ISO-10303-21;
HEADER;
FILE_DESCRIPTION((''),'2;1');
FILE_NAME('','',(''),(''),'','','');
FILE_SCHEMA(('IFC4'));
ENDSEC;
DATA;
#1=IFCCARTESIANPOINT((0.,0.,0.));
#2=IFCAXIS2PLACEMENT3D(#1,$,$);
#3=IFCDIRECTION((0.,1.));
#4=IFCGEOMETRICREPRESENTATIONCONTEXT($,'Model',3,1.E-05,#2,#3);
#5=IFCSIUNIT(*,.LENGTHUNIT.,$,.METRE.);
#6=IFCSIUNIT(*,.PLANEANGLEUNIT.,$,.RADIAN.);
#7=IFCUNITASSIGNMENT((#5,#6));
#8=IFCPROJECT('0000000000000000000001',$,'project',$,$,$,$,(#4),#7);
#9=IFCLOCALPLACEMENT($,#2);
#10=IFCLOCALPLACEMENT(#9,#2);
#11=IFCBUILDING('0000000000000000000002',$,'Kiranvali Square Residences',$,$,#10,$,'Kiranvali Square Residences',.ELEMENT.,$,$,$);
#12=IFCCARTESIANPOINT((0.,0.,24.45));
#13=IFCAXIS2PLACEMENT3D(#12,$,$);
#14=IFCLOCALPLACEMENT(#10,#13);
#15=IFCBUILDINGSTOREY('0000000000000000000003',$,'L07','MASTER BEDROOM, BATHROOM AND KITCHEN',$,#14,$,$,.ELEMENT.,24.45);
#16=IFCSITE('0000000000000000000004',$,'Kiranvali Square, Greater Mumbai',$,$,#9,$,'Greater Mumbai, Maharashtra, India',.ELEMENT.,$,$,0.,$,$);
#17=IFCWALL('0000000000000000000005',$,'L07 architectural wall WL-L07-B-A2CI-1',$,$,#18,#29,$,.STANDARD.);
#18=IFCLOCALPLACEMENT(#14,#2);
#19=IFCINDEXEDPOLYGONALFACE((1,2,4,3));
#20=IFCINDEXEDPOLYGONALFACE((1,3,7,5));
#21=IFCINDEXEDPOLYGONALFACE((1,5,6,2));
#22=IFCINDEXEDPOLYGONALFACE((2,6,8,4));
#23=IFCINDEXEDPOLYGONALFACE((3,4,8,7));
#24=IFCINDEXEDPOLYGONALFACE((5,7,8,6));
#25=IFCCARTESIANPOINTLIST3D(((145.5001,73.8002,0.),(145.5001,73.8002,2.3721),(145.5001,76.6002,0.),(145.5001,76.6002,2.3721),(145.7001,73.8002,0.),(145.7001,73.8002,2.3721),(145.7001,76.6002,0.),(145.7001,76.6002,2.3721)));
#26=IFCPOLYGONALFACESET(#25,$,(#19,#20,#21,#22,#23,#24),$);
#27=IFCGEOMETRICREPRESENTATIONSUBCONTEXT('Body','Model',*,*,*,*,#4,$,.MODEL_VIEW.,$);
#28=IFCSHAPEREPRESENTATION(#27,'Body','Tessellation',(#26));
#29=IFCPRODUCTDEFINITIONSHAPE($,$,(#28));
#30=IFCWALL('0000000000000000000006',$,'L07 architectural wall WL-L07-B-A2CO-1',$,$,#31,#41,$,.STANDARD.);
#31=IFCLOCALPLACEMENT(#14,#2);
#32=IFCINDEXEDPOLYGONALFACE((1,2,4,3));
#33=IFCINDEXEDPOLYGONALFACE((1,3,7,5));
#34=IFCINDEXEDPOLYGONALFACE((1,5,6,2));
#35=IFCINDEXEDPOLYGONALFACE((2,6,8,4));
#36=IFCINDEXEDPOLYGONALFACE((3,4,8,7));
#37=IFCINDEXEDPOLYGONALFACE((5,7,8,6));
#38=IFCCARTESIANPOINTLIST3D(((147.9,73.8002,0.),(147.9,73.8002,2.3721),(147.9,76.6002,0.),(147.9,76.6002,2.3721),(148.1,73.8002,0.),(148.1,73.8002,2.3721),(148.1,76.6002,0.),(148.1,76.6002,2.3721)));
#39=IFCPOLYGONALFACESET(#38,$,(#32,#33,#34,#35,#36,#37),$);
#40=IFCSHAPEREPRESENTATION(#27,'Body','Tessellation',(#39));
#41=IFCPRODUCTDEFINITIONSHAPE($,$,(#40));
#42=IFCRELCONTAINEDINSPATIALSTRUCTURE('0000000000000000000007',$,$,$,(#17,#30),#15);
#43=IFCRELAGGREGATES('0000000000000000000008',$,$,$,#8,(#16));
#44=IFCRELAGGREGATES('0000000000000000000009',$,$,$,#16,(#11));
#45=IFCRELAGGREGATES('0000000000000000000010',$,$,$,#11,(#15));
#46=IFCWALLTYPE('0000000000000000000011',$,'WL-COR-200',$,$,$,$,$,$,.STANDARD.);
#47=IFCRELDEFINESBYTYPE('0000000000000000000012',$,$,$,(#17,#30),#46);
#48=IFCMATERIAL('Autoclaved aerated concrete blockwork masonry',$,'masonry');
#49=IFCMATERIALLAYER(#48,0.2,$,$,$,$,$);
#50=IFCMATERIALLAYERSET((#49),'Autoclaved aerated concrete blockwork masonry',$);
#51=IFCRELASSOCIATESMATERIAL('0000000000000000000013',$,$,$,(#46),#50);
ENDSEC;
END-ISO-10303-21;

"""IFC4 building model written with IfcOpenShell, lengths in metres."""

from ifc_helpers import new_model, si_unit, direction, frame, frame_2d, origin, place, context, subcontext, project, spatial, rectangle, extrude, material, layer, layer_set, type_object, element, save


model = new_model("IFC4")

# Units and contexts
model_context = context("Model", 3, precision=1e-05, world=origin(), true_north=direction((0.0, 1.0)))
body_context = subcontext(model_context, "Body", "Model", "MODEL_VIEW")
ifc_project = project(units=[si_unit("LENGTHUNIT", "METRE"), si_unit("PLANEANGLEUNIT", "RADIAN")], contexts=[model_context])

# Site, building, storey
site_placement = place(None, origin())
site = spatial("IfcSite", under=ifc_project, at=site_placement, Name="Kiranvali Square, Greater Mumbai", LongName="Greater Mumbai, Maharashtra, India", CompositionType="ELEMENT", RefElevation=0.0)
building_placement = place(site_placement, origin())
building = spatial("IfcBuilding", under=site, at=building_placement, Name="Kiranvali Square Residences", LongName="Kiranvali Square Residences", CompositionType="ELEMENT")
storey_placement = place(building_placement, frame((0.0, 0.0, 24.45)))
storey = spatial("IfcBuildingStorey", under=building, at=storey_placement, Name="L07", Description="MASTER BEDROOM, BATHROOM AND KITCHEN", CompositionType="ELEMENT", Elevation=24.45)

# Shared definitions
ifc_material_1 = material(Name="Autoclaved aerated concrete blockwork masonry", Category="masonry")
ifc_layer = layer(ifc_material_1, 0.2)
ifc_layer_set = layer_set([ifc_layer], Name="Autoclaved aerated concrete blockwork masonry")
wall_type = type_object("IfcWallType", Name="WL-COR-200", PredefinedType="STANDARD", material=ifc_layer_set)

# Walls
for number, where, z_axis, x_axis, name in (
    (1, (145.6001, 76.6001, 0.0), (0.0, 0.0, 1.0), (0.0, -1.0, 0.0), "L07 architectural wall WL-L07-B-A2CI-1"),
    (2, (148.0, 76.6001, 0.0), (0.0, 0.0, 1.0), (0.0, -1.0, 0.0), "L07 architectural wall WL-L07-B-A2CO-1"),
):
    element("IfcWall", number, at=place(storey_placement, frame(where, z_axis=z_axis, x_axis=x_axis)), inside=storey, type_object=wall_type, Name=name, PredefinedType="STANDARD", context=body_context, shape_type="SweptSolid", body=[
        extrude(rectangle(XDim=2.8, YDim=0.2, at=frame_2d((1.3999, 0.0))), origin(), (0.0, 0.0, 1.0), 2.3721),
    ])

save(model, "model.ifc")
